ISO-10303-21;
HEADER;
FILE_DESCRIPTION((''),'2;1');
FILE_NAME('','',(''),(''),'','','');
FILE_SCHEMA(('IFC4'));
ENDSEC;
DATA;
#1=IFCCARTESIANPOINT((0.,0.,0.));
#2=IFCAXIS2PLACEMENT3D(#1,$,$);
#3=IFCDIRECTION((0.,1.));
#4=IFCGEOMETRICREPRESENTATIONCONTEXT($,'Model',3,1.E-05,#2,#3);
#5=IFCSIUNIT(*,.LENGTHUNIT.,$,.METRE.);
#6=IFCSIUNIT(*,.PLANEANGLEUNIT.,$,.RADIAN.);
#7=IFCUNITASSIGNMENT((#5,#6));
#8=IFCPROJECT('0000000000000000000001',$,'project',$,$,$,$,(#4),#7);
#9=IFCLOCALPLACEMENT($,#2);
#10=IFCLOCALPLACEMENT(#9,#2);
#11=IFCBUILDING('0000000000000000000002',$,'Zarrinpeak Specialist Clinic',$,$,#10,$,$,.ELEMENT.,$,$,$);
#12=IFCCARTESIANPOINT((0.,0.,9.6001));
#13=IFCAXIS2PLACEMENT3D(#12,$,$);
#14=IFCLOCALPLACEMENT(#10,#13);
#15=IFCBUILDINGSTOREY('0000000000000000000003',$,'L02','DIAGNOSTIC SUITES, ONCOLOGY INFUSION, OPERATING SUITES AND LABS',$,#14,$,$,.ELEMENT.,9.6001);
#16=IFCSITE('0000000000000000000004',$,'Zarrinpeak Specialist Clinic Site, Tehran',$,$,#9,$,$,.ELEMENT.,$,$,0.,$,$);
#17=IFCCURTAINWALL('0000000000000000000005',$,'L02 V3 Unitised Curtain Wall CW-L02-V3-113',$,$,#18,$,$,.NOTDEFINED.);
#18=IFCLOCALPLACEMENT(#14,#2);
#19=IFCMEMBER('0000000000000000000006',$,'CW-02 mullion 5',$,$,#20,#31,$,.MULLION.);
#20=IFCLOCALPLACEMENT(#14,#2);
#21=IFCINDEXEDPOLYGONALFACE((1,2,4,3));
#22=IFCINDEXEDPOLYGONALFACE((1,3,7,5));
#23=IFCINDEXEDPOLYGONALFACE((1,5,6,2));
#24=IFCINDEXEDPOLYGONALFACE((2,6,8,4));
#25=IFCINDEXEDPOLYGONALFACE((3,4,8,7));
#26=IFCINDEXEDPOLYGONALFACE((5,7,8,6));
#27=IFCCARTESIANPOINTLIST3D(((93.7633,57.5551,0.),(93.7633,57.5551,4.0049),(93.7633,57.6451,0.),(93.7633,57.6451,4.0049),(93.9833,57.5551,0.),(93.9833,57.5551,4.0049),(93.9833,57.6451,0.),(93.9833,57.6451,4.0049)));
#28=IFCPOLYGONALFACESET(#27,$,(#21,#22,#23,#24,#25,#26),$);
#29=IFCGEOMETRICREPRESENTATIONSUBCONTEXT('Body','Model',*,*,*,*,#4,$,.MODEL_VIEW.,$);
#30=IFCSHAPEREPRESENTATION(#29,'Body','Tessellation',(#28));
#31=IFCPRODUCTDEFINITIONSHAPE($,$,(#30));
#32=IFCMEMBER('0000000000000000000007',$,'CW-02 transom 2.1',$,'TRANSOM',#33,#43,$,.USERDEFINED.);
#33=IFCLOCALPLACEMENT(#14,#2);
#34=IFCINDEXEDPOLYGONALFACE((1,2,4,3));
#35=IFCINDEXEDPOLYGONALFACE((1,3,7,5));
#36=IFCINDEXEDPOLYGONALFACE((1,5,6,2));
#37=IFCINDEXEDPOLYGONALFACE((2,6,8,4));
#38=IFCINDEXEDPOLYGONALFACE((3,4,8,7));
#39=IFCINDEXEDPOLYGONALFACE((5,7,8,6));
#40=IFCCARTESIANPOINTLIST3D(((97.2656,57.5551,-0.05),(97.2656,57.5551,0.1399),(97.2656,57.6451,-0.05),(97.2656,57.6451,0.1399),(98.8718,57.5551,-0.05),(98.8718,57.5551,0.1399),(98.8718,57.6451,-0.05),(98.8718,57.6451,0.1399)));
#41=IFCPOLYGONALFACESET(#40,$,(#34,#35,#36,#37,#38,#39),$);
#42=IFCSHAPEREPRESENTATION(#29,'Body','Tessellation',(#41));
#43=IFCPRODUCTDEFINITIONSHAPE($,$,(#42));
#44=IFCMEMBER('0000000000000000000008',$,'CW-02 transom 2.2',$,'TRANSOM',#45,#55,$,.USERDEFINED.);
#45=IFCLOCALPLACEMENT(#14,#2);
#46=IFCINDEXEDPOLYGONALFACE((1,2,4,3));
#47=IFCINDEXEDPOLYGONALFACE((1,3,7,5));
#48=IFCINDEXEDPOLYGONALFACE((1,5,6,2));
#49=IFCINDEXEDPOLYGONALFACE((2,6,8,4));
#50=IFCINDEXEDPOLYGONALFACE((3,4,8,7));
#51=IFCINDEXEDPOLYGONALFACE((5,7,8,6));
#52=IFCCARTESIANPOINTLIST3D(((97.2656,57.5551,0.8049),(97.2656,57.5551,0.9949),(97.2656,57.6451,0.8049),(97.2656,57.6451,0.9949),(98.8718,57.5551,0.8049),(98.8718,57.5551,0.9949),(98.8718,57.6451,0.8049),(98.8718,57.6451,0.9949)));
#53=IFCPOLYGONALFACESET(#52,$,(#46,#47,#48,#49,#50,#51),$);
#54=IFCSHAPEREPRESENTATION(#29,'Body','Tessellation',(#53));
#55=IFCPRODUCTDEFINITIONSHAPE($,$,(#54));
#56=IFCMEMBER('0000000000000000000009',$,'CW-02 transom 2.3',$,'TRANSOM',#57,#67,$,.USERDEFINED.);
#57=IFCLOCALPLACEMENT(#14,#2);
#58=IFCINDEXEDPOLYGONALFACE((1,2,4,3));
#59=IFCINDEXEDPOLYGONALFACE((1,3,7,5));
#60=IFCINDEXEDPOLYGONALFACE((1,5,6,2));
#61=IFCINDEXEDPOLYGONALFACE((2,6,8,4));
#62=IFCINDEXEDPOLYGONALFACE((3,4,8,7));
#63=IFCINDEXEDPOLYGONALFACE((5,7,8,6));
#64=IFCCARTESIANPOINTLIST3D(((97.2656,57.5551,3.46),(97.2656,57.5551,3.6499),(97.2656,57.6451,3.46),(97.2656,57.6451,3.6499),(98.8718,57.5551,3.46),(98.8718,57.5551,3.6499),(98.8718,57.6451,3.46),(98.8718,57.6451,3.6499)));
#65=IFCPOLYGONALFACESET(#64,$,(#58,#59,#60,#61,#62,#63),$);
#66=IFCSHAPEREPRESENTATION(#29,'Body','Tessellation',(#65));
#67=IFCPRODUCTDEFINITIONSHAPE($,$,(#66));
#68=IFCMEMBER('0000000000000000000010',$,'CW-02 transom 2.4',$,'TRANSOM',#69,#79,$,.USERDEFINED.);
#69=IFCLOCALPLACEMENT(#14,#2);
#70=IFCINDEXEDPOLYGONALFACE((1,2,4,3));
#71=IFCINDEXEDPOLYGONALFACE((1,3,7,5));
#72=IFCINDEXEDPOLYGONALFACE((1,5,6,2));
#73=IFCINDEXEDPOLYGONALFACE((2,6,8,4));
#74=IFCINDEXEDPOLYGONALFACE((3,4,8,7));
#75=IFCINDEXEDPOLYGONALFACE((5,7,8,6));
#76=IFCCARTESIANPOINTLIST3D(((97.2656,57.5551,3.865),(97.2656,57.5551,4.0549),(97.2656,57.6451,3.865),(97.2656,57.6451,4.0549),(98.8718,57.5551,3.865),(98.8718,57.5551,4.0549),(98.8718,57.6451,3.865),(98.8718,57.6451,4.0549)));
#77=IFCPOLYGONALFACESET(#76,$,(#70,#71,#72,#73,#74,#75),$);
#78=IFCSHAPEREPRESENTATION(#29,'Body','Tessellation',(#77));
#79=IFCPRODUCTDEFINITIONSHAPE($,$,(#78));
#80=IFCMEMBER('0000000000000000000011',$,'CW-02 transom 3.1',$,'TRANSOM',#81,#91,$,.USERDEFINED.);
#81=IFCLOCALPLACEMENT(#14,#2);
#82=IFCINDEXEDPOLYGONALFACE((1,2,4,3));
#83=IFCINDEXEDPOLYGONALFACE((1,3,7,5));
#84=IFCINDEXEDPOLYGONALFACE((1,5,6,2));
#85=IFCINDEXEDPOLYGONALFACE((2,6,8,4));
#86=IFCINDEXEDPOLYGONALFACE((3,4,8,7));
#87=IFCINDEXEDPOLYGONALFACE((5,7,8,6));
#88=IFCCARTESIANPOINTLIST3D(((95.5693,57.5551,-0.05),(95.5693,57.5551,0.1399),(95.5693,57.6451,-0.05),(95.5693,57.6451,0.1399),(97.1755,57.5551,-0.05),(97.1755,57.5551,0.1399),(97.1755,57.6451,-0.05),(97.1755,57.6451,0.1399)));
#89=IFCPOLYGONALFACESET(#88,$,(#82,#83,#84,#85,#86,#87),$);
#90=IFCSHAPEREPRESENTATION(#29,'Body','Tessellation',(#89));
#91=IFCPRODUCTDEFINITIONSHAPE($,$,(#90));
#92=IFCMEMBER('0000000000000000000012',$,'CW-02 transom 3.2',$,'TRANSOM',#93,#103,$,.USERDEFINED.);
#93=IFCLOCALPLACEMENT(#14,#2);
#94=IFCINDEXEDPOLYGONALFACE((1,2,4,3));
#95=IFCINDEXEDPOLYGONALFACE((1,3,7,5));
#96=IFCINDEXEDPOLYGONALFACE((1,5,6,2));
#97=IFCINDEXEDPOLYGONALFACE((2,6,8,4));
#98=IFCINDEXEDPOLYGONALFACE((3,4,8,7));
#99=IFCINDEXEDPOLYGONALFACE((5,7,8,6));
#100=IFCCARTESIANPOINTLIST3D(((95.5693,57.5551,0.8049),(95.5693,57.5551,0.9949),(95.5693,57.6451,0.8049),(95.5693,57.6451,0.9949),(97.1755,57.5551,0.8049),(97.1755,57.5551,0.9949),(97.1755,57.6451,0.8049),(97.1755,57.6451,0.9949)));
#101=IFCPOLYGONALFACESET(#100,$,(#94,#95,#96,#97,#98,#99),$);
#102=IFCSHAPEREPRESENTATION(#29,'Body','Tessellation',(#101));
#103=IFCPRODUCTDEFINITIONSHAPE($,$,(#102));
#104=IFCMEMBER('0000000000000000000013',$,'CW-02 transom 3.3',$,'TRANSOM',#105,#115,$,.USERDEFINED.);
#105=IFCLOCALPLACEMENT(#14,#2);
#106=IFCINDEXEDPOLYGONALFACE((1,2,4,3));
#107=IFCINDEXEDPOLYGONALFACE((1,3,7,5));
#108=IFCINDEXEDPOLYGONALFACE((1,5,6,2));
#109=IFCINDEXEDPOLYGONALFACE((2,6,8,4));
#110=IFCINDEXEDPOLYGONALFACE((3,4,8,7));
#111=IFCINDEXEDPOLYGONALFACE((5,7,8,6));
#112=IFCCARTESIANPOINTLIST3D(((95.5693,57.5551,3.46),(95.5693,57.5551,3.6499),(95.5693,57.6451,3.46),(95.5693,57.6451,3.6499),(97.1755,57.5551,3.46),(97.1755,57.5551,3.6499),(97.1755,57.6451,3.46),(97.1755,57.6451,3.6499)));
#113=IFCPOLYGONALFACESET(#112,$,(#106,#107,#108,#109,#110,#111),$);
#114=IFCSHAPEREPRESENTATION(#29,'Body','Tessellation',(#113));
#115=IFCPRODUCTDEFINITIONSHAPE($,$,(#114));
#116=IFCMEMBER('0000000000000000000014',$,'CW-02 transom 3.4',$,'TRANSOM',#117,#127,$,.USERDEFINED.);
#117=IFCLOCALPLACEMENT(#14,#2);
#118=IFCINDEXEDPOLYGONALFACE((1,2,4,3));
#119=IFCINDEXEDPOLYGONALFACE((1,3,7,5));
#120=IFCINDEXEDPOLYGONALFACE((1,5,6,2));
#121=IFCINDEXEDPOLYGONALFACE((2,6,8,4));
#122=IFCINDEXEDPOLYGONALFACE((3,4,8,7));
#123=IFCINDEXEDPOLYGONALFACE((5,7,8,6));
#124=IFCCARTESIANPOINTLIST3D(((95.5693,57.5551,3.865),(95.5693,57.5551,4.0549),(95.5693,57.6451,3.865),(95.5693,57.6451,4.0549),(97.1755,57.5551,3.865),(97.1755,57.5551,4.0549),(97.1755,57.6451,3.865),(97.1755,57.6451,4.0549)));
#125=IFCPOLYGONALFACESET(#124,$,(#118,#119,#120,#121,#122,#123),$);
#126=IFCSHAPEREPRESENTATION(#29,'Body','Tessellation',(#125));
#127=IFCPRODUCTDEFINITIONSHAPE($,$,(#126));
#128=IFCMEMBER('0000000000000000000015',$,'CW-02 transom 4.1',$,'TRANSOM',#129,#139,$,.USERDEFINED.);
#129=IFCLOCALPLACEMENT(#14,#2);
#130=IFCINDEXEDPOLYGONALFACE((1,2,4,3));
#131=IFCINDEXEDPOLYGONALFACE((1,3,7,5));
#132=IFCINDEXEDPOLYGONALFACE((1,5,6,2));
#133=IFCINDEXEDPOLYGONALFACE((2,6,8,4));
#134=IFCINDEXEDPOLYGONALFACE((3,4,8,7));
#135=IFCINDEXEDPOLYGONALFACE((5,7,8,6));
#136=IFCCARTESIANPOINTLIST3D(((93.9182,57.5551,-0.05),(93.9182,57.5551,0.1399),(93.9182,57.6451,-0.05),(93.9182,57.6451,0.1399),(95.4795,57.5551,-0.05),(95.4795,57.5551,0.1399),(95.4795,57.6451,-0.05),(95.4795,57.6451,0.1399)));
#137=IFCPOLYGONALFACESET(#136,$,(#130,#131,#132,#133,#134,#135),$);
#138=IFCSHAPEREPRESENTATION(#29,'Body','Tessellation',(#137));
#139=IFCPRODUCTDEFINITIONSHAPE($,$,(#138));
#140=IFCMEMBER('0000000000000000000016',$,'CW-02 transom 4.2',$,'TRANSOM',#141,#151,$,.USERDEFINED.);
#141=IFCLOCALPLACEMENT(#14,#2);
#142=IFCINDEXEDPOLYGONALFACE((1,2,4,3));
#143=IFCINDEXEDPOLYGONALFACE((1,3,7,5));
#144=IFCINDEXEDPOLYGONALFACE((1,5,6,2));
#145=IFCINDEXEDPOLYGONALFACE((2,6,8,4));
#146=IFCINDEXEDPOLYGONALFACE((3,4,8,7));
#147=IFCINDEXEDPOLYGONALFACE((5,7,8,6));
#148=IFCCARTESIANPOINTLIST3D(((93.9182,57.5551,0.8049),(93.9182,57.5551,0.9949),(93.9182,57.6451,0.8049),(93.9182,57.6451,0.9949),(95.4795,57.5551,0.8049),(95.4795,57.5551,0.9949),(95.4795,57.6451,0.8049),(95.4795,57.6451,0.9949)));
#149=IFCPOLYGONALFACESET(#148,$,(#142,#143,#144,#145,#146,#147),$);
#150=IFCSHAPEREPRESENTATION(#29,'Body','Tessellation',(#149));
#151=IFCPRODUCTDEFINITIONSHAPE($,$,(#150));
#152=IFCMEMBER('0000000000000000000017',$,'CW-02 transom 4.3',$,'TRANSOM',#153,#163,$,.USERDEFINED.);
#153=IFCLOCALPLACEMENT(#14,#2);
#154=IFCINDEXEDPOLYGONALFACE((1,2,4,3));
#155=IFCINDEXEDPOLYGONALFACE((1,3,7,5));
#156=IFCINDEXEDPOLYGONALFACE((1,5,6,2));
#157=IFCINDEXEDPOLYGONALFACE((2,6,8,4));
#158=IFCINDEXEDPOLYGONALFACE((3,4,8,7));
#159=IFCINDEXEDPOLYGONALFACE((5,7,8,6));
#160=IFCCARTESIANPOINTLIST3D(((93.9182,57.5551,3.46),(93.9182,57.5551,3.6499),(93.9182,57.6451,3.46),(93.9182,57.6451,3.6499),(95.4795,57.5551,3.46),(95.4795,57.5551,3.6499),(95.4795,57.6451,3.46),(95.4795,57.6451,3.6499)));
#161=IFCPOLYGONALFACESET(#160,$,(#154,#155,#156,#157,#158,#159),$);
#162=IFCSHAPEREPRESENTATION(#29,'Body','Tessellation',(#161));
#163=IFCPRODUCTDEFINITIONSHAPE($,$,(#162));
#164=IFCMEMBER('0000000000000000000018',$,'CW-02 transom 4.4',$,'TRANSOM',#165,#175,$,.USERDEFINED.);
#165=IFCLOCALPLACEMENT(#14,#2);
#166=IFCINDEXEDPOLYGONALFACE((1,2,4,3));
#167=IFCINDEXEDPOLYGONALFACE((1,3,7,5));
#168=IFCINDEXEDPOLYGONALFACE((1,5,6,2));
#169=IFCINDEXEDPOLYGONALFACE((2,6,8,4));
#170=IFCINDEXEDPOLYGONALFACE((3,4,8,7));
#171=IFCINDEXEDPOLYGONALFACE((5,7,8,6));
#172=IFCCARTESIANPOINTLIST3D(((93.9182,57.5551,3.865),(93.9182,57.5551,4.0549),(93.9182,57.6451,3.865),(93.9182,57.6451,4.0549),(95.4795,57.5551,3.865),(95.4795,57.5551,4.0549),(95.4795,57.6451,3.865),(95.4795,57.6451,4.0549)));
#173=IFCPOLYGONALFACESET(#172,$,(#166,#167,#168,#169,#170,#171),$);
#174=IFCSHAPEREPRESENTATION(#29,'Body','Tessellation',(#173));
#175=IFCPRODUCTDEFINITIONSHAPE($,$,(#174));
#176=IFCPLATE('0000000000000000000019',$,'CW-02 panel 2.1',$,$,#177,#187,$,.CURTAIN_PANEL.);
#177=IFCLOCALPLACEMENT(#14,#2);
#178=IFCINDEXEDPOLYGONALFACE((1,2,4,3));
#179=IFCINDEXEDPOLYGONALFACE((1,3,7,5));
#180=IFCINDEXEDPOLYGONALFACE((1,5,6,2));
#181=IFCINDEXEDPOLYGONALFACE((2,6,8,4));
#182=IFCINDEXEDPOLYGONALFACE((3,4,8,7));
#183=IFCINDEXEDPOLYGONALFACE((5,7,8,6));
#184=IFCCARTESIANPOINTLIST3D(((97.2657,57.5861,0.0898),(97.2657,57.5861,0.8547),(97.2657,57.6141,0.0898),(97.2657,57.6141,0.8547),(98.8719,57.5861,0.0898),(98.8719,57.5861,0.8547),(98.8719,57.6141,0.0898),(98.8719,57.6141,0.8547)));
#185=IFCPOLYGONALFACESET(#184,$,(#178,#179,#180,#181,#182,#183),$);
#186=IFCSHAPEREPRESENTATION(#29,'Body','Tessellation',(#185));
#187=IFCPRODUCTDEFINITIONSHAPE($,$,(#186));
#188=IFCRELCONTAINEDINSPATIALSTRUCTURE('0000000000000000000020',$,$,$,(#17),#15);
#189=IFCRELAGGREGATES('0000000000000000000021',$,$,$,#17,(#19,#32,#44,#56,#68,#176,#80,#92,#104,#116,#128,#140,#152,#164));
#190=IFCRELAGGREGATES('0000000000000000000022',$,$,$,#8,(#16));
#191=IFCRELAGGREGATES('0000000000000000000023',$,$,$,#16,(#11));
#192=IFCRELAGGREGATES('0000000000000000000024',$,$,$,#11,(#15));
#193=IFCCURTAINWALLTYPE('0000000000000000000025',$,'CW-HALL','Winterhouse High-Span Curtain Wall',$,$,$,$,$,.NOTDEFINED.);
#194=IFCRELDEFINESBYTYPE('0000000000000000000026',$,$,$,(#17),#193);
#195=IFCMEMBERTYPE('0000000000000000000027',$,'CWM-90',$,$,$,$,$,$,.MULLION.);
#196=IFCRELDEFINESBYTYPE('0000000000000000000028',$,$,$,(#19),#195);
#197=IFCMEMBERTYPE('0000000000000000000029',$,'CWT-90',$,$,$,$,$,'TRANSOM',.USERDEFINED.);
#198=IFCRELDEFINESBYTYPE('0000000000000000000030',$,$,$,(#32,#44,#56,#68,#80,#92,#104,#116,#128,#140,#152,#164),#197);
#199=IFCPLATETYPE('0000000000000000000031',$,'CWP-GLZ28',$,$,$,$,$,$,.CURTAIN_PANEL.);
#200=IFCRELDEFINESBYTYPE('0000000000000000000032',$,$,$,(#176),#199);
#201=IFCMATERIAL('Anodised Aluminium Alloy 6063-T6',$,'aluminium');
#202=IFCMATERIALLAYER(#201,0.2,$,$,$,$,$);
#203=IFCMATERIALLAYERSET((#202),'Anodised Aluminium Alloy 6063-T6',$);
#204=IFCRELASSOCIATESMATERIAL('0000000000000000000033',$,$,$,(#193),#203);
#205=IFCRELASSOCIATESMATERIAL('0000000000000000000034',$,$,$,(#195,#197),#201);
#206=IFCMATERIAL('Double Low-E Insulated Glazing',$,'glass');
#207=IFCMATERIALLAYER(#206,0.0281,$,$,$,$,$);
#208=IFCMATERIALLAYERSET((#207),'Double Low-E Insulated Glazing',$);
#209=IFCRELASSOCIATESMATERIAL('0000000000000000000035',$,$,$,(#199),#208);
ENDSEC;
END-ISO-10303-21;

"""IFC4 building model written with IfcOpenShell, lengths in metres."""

from ifc_helpers import new_model, si_unit, direction, frame, origin, origin_2d, place, context, subcontext, project, spatial, rectangle, extrude, material, layer, layer_set, material_profile, profile_set, type_object, element, aggregate, save


model = new_model("IFC4")

# Units and contexts
model_context = context("Model", 3, precision=1e-05, world=origin(), true_north=direction((0.0, 1.0)))
body_context = subcontext(model_context, "Body", "Model", "MODEL_VIEW")
ifc_project = project(units=[si_unit("LENGTHUNIT", "METRE"), si_unit("PLANEANGLEUNIT", "RADIAN")], contexts=[model_context])

# Site, building, storey
site_placement = place(None, origin())
site = spatial("IfcSite", under=ifc_project, at=site_placement, Name="Zarrinpeak Specialist Clinic Site, Tehran", CompositionType="ELEMENT", RefElevation=0.0)
building_placement = place(site_placement, origin())
building = spatial("IfcBuilding", under=site, at=building_placement, Name="Zarrinpeak Specialist Clinic", CompositionType="ELEMENT")
storey_placement = place(building_placement, frame((0.0, 0.0, 9.6001)))
storey = spatial("IfcBuildingStorey", under=building, at=storey_placement, Name="L02", Description="DIAGNOSTIC SUITES, ONCOLOGY INFUSION, OPERATING SUITES AND LABS", CompositionType="ELEMENT", Elevation=9.6001)

# Curtain wall, members, plate
ifc_material_1 = material(Name="Anodised Aluminium Alloy 6063-T6", Category="aluminium")
ifc_layer_1 = layer(ifc_material_1, 0.2)
ifc_layer_set_1 = layer_set([ifc_layer_1], Name="Anodised Aluminium Alloy 6063-T6")
curtain_wall_type = type_object("IfcCurtainWallType", Name="CW-HALL", Description="Winterhouse High-Span Curtain Wall", PredefinedType="NOTDEFINED", material=ifc_layer_set_1)
curtain_wall_placement = place(storey_placement, origin())
curtain_wall = element("IfcCurtainWall", 1, at=curtain_wall_placement, inside=storey, type_object=curtain_wall_type, Name="L02 V3 Unitised Curtain Wall CW-L02-V3-113", PredefinedType="NOTDEFINED")
ifc_material_profile_1 = material_profile(ifc_material_1, rectangle(XDim=0.0901, YDim=0.22, at=origin_2d()), Name="ALU 90x220")
ifc_profile_set_1 = profile_set([ifc_material_profile_1], Name="Anodised Aluminium Alloy 6063-T6")
member_type_1 = type_object("IfcMemberType", Name="CWM-90", PredefinedType="MULLION", material=ifc_profile_set_1)
member_1_placement = place(storey_placement, frame((93.8733, 57.6001, 0.0), z_axis=(0.0, 0.0, 1.0), x_axis=(0.0, -1.0, 0.0)))
member_1 = element("IfcMember", 2, at=member_1_placement, type_object=member_type_1, Name="CW-02 mullion 5", PredefinedType="MULLION", context=body_context, shape_type="SweptSolid", body=[
    extrude(rectangle(XDim=0.0901, YDim=0.22, at=origin_2d()), origin(), (0.0, 0.0, 1.0), 4.0049),
])
ifc_material_profile_2 = material_profile(ifc_material_1, rectangle(XDim=0.0901, YDim=0.1899, at=origin_2d()), Name="ALU 90x190")
ifc_profile_set_2 = profile_set([ifc_material_profile_2], Name="Anodised Aluminium Alloy 6063-T6")
member_type_2 = type_object("IfcMemberType", Name="CWT-90", ElementType="TRANSOM", PredefinedType="USERDEFINED", material=ifc_profile_set_2)
member_2_placement = place(storey_placement, frame((98.8718, 57.6001, 0.0449), z_axis=(-1.0, 0.0, 0.0), x_axis=(0.0, -1.0, 0.0)))
member_2 = element("IfcMember", 3, at=member_2_placement, type_object=member_type_2, Name="CW-02 transom 2.1", ObjectType="TRANSOM", PredefinedType="USERDEFINED", context=body_context, shape_type="SweptSolid", body=[
    extrude(rectangle(XDim=0.0901, YDim=0.1899, at=origin_2d()), origin(), (0.0, 0.0, 1.0), 1.6062),
])
member_3_placement = place(storey_placement, frame((98.8718, 57.6001, 0.8999), z_axis=(-1.0, 0.0, 0.0), x_axis=(0.0, -1.0, 0.0)))
member_3 = element("IfcMember", 4, at=member_3_placement, type_object=member_type_2, Name="CW-02 transom 2.2", ObjectType="TRANSOM", PredefinedType="USERDEFINED", context=body_context, shape_type="SweptSolid", body=[
    extrude(rectangle(XDim=0.0901, YDim=0.1899, at=origin_2d()), origin(), (0.0, 0.0, 1.0), 1.6062),
])
member_4_placement = place(storey_placement, frame((98.8718, 57.6001, 3.5549), z_axis=(-1.0, 0.0, 0.0), x_axis=(0.0, -1.0, 0.0)))
member_4 = element("IfcMember", 5, at=member_4_placement, type_object=member_type_2, Name="CW-02 transom 2.3", ObjectType="TRANSOM", PredefinedType="USERDEFINED", context=body_context, shape_type="SweptSolid", body=[
    extrude(rectangle(XDim=0.0901, YDim=0.1899, at=origin_2d()), origin(), (0.0, 0.0, 1.0), 1.6062),
])
member_5_placement = place(storey_placement, frame((98.8718, 57.6001, 3.96), z_axis=(-1.0, 0.0, 0.0), x_axis=(0.0, -1.0, 0.0)))
member_5 = element("IfcMember", 6, at=member_5_placement, type_object=member_type_2, Name="CW-02 transom 2.4", ObjectType="TRANSOM", PredefinedType="USERDEFINED", context=body_context, shape_type="SweptSolid", body=[
    extrude(rectangle(XDim=0.0901, YDim=0.1899, at=origin_2d()), origin(), (0.0, 0.0, 1.0), 1.6062),
])
member_6_placement = place(storey_placement, frame((97.1755, 57.6001, 0.0449), z_axis=(-1.0, 0.0, 0.0), x_axis=(0.0, -1.0, 0.0)))
member_6 = element("IfcMember", 7, at=member_6_placement, type_object=member_type_2, Name="CW-02 transom 3.1", ObjectType="TRANSOM", PredefinedType="USERDEFINED", context=body_context, shape_type="SweptSolid", body=[
    extrude(rectangle(XDim=0.0901, YDim=0.1899, at=origin_2d()), origin(), (0.0, 0.0, 1.0), 1.6062),
])
member_7_placement = place(storey_placement, frame((97.1755, 57.6001, 0.8999), z_axis=(-1.0, 0.0, 0.0), x_axis=(0.0, -1.0, 0.0)))
member_7 = element("IfcMember", 8, at=member_7_placement, type_object=member_type_2, Name="CW-02 transom 3.2", ObjectType="TRANSOM", PredefinedType="USERDEFINED", context=body_context, shape_type="SweptSolid", body=[
    extrude(rectangle(XDim=0.0901, YDim=0.1899, at=origin_2d()), origin(), (0.0, 0.0, 1.0), 1.6062),
])
member_8_placement = place(storey_placement, frame((97.1755, 57.6001, 3.5549), z_axis=(-1.0, 0.0, 0.0), x_axis=(0.0, -1.0, 0.0)))
member_8 = element("IfcMember", 9, at=member_8_placement, type_object=member_type_2, Name="CW-02 transom 3.3", ObjectType="TRANSOM", PredefinedType="USERDEFINED", context=body_context, shape_type="SweptSolid", body=[
    extrude(rectangle(XDim=0.0901, YDim=0.1899, at=origin_2d()), origin(), (0.0, 0.0, 1.0), 1.6062),
])
member_9_placement = place(storey_placement, frame((97.1755, 57.6001, 3.96), z_axis=(-1.0, 0.0, 0.0), x_axis=(0.0, -1.0, 0.0)))
member_9 = element("IfcMember", 10, at=member_9_placement, type_object=member_type_2, Name="CW-02 transom 3.4", ObjectType="TRANSOM", PredefinedType="USERDEFINED", context=body_context, shape_type="SweptSolid", body=[
    extrude(rectangle(XDim=0.0901, YDim=0.1899, at=origin_2d()), origin(), (0.0, 0.0, 1.0), 1.6062),
])
member_10_placement = place(storey_placement, frame((95.4795, 57.6001, 0.0449), z_axis=(-1.0, 0.0, 0.0), x_axis=(0.0, -1.0, 0.0)))
member_10 = element("IfcMember", 11, at=member_10_placement, type_object=member_type_2, Name="CW-02 transom 4.1", ObjectType="TRANSOM", PredefinedType="USERDEFINED", context=body_context, shape_type="SweptSolid", body=[
    extrude(rectangle(XDim=0.0901, YDim=0.1899, at=origin_2d()), origin(), (0.0, 0.0, 1.0), 1.5613),
])
member_11_placement = place(storey_placement, frame((95.4795, 57.6001, 0.8999), z_axis=(-1.0, 0.0, 0.0), x_axis=(0.0, -1.0, 0.0)))
member_11 = element("IfcMember", 12, at=member_11_placement, type_object=member_type_2, Name="CW-02 transom 4.2", ObjectType="TRANSOM", PredefinedType="USERDEFINED", context=body_context, shape_type="SweptSolid", body=[
    extrude(rectangle(XDim=0.0901, YDim=0.1899, at=origin_2d()), origin(), (0.0, 0.0, 1.0), 1.5613),
])
member_12_placement = place(storey_placement, frame((95.4795, 57.6001, 3.5549), z_axis=(-1.0, 0.0, 0.0), x_axis=(0.0, -1.0, 0.0)))
member_12 = element("IfcMember", 13, at=member_12_placement, type_object=member_type_2, Name="CW-02 transom 4.3", ObjectType="TRANSOM", PredefinedType="USERDEFINED", context=body_context, shape_type="SweptSolid", body=[
    extrude(rectangle(XDim=0.0901, YDim=0.1899, at=origin_2d()), origin(), (0.0, 0.0, 1.0), 1.5613),
])
member_13_placement = place(storey_placement, frame((95.4795, 57.6001, 3.96), z_axis=(-1.0, 0.0, 0.0), x_axis=(0.0, -1.0, 0.0)))
member_13 = element("IfcMember", 14, at=member_13_placement, type_object=member_type_2, Name="CW-02 transom 4.4", ObjectType="TRANSOM", PredefinedType="USERDEFINED", context=body_context, shape_type="SweptSolid", body=[
    extrude(rectangle(XDim=0.0901, YDim=0.1899, at=origin_2d()), origin(), (0.0, 0.0, 1.0), 1.5613),
])
ifc_material_2 = material(Name="Double Low-E Insulated Glazing", Category="glass")
ifc_layer_2 = layer(ifc_material_2, 0.0281)
ifc_layer_set_2 = layer_set([ifc_layer_2], Name="Double Low-E Insulated Glazing")
plate_type_1 = type_object("IfcPlateType", Name="CWP-GLZ28", PredefinedType="CURTAIN_PANEL", material=ifc_layer_set_2)
plate_1_placement = place(storey_placement, frame((98.0688, 57.6001, 0.0898), z_axis=(0.0, 0.0, 1.0), x_axis=(-1.0, 0.0, 0.0)))
plate_1 = element("IfcPlate", 15, at=plate_1_placement, type_object=plate_type_1, Name="CW-02 panel 2.1", PredefinedType="CURTAIN_PANEL", context=body_context, shape_type="SweptSolid", body=[
    extrude(rectangle(XDim=1.6062, YDim=0.0281, at=origin_2d()), origin(), (0.0, 0.0, 1.0), 0.7649),
])
aggregate(curtain_wall, [member_1, member_2, member_3, member_4, member_5, plate_1, member_6, member_7, member_8, member_9, member_10, member_11, member_12, member_13])

save(model, "model.ifc")
